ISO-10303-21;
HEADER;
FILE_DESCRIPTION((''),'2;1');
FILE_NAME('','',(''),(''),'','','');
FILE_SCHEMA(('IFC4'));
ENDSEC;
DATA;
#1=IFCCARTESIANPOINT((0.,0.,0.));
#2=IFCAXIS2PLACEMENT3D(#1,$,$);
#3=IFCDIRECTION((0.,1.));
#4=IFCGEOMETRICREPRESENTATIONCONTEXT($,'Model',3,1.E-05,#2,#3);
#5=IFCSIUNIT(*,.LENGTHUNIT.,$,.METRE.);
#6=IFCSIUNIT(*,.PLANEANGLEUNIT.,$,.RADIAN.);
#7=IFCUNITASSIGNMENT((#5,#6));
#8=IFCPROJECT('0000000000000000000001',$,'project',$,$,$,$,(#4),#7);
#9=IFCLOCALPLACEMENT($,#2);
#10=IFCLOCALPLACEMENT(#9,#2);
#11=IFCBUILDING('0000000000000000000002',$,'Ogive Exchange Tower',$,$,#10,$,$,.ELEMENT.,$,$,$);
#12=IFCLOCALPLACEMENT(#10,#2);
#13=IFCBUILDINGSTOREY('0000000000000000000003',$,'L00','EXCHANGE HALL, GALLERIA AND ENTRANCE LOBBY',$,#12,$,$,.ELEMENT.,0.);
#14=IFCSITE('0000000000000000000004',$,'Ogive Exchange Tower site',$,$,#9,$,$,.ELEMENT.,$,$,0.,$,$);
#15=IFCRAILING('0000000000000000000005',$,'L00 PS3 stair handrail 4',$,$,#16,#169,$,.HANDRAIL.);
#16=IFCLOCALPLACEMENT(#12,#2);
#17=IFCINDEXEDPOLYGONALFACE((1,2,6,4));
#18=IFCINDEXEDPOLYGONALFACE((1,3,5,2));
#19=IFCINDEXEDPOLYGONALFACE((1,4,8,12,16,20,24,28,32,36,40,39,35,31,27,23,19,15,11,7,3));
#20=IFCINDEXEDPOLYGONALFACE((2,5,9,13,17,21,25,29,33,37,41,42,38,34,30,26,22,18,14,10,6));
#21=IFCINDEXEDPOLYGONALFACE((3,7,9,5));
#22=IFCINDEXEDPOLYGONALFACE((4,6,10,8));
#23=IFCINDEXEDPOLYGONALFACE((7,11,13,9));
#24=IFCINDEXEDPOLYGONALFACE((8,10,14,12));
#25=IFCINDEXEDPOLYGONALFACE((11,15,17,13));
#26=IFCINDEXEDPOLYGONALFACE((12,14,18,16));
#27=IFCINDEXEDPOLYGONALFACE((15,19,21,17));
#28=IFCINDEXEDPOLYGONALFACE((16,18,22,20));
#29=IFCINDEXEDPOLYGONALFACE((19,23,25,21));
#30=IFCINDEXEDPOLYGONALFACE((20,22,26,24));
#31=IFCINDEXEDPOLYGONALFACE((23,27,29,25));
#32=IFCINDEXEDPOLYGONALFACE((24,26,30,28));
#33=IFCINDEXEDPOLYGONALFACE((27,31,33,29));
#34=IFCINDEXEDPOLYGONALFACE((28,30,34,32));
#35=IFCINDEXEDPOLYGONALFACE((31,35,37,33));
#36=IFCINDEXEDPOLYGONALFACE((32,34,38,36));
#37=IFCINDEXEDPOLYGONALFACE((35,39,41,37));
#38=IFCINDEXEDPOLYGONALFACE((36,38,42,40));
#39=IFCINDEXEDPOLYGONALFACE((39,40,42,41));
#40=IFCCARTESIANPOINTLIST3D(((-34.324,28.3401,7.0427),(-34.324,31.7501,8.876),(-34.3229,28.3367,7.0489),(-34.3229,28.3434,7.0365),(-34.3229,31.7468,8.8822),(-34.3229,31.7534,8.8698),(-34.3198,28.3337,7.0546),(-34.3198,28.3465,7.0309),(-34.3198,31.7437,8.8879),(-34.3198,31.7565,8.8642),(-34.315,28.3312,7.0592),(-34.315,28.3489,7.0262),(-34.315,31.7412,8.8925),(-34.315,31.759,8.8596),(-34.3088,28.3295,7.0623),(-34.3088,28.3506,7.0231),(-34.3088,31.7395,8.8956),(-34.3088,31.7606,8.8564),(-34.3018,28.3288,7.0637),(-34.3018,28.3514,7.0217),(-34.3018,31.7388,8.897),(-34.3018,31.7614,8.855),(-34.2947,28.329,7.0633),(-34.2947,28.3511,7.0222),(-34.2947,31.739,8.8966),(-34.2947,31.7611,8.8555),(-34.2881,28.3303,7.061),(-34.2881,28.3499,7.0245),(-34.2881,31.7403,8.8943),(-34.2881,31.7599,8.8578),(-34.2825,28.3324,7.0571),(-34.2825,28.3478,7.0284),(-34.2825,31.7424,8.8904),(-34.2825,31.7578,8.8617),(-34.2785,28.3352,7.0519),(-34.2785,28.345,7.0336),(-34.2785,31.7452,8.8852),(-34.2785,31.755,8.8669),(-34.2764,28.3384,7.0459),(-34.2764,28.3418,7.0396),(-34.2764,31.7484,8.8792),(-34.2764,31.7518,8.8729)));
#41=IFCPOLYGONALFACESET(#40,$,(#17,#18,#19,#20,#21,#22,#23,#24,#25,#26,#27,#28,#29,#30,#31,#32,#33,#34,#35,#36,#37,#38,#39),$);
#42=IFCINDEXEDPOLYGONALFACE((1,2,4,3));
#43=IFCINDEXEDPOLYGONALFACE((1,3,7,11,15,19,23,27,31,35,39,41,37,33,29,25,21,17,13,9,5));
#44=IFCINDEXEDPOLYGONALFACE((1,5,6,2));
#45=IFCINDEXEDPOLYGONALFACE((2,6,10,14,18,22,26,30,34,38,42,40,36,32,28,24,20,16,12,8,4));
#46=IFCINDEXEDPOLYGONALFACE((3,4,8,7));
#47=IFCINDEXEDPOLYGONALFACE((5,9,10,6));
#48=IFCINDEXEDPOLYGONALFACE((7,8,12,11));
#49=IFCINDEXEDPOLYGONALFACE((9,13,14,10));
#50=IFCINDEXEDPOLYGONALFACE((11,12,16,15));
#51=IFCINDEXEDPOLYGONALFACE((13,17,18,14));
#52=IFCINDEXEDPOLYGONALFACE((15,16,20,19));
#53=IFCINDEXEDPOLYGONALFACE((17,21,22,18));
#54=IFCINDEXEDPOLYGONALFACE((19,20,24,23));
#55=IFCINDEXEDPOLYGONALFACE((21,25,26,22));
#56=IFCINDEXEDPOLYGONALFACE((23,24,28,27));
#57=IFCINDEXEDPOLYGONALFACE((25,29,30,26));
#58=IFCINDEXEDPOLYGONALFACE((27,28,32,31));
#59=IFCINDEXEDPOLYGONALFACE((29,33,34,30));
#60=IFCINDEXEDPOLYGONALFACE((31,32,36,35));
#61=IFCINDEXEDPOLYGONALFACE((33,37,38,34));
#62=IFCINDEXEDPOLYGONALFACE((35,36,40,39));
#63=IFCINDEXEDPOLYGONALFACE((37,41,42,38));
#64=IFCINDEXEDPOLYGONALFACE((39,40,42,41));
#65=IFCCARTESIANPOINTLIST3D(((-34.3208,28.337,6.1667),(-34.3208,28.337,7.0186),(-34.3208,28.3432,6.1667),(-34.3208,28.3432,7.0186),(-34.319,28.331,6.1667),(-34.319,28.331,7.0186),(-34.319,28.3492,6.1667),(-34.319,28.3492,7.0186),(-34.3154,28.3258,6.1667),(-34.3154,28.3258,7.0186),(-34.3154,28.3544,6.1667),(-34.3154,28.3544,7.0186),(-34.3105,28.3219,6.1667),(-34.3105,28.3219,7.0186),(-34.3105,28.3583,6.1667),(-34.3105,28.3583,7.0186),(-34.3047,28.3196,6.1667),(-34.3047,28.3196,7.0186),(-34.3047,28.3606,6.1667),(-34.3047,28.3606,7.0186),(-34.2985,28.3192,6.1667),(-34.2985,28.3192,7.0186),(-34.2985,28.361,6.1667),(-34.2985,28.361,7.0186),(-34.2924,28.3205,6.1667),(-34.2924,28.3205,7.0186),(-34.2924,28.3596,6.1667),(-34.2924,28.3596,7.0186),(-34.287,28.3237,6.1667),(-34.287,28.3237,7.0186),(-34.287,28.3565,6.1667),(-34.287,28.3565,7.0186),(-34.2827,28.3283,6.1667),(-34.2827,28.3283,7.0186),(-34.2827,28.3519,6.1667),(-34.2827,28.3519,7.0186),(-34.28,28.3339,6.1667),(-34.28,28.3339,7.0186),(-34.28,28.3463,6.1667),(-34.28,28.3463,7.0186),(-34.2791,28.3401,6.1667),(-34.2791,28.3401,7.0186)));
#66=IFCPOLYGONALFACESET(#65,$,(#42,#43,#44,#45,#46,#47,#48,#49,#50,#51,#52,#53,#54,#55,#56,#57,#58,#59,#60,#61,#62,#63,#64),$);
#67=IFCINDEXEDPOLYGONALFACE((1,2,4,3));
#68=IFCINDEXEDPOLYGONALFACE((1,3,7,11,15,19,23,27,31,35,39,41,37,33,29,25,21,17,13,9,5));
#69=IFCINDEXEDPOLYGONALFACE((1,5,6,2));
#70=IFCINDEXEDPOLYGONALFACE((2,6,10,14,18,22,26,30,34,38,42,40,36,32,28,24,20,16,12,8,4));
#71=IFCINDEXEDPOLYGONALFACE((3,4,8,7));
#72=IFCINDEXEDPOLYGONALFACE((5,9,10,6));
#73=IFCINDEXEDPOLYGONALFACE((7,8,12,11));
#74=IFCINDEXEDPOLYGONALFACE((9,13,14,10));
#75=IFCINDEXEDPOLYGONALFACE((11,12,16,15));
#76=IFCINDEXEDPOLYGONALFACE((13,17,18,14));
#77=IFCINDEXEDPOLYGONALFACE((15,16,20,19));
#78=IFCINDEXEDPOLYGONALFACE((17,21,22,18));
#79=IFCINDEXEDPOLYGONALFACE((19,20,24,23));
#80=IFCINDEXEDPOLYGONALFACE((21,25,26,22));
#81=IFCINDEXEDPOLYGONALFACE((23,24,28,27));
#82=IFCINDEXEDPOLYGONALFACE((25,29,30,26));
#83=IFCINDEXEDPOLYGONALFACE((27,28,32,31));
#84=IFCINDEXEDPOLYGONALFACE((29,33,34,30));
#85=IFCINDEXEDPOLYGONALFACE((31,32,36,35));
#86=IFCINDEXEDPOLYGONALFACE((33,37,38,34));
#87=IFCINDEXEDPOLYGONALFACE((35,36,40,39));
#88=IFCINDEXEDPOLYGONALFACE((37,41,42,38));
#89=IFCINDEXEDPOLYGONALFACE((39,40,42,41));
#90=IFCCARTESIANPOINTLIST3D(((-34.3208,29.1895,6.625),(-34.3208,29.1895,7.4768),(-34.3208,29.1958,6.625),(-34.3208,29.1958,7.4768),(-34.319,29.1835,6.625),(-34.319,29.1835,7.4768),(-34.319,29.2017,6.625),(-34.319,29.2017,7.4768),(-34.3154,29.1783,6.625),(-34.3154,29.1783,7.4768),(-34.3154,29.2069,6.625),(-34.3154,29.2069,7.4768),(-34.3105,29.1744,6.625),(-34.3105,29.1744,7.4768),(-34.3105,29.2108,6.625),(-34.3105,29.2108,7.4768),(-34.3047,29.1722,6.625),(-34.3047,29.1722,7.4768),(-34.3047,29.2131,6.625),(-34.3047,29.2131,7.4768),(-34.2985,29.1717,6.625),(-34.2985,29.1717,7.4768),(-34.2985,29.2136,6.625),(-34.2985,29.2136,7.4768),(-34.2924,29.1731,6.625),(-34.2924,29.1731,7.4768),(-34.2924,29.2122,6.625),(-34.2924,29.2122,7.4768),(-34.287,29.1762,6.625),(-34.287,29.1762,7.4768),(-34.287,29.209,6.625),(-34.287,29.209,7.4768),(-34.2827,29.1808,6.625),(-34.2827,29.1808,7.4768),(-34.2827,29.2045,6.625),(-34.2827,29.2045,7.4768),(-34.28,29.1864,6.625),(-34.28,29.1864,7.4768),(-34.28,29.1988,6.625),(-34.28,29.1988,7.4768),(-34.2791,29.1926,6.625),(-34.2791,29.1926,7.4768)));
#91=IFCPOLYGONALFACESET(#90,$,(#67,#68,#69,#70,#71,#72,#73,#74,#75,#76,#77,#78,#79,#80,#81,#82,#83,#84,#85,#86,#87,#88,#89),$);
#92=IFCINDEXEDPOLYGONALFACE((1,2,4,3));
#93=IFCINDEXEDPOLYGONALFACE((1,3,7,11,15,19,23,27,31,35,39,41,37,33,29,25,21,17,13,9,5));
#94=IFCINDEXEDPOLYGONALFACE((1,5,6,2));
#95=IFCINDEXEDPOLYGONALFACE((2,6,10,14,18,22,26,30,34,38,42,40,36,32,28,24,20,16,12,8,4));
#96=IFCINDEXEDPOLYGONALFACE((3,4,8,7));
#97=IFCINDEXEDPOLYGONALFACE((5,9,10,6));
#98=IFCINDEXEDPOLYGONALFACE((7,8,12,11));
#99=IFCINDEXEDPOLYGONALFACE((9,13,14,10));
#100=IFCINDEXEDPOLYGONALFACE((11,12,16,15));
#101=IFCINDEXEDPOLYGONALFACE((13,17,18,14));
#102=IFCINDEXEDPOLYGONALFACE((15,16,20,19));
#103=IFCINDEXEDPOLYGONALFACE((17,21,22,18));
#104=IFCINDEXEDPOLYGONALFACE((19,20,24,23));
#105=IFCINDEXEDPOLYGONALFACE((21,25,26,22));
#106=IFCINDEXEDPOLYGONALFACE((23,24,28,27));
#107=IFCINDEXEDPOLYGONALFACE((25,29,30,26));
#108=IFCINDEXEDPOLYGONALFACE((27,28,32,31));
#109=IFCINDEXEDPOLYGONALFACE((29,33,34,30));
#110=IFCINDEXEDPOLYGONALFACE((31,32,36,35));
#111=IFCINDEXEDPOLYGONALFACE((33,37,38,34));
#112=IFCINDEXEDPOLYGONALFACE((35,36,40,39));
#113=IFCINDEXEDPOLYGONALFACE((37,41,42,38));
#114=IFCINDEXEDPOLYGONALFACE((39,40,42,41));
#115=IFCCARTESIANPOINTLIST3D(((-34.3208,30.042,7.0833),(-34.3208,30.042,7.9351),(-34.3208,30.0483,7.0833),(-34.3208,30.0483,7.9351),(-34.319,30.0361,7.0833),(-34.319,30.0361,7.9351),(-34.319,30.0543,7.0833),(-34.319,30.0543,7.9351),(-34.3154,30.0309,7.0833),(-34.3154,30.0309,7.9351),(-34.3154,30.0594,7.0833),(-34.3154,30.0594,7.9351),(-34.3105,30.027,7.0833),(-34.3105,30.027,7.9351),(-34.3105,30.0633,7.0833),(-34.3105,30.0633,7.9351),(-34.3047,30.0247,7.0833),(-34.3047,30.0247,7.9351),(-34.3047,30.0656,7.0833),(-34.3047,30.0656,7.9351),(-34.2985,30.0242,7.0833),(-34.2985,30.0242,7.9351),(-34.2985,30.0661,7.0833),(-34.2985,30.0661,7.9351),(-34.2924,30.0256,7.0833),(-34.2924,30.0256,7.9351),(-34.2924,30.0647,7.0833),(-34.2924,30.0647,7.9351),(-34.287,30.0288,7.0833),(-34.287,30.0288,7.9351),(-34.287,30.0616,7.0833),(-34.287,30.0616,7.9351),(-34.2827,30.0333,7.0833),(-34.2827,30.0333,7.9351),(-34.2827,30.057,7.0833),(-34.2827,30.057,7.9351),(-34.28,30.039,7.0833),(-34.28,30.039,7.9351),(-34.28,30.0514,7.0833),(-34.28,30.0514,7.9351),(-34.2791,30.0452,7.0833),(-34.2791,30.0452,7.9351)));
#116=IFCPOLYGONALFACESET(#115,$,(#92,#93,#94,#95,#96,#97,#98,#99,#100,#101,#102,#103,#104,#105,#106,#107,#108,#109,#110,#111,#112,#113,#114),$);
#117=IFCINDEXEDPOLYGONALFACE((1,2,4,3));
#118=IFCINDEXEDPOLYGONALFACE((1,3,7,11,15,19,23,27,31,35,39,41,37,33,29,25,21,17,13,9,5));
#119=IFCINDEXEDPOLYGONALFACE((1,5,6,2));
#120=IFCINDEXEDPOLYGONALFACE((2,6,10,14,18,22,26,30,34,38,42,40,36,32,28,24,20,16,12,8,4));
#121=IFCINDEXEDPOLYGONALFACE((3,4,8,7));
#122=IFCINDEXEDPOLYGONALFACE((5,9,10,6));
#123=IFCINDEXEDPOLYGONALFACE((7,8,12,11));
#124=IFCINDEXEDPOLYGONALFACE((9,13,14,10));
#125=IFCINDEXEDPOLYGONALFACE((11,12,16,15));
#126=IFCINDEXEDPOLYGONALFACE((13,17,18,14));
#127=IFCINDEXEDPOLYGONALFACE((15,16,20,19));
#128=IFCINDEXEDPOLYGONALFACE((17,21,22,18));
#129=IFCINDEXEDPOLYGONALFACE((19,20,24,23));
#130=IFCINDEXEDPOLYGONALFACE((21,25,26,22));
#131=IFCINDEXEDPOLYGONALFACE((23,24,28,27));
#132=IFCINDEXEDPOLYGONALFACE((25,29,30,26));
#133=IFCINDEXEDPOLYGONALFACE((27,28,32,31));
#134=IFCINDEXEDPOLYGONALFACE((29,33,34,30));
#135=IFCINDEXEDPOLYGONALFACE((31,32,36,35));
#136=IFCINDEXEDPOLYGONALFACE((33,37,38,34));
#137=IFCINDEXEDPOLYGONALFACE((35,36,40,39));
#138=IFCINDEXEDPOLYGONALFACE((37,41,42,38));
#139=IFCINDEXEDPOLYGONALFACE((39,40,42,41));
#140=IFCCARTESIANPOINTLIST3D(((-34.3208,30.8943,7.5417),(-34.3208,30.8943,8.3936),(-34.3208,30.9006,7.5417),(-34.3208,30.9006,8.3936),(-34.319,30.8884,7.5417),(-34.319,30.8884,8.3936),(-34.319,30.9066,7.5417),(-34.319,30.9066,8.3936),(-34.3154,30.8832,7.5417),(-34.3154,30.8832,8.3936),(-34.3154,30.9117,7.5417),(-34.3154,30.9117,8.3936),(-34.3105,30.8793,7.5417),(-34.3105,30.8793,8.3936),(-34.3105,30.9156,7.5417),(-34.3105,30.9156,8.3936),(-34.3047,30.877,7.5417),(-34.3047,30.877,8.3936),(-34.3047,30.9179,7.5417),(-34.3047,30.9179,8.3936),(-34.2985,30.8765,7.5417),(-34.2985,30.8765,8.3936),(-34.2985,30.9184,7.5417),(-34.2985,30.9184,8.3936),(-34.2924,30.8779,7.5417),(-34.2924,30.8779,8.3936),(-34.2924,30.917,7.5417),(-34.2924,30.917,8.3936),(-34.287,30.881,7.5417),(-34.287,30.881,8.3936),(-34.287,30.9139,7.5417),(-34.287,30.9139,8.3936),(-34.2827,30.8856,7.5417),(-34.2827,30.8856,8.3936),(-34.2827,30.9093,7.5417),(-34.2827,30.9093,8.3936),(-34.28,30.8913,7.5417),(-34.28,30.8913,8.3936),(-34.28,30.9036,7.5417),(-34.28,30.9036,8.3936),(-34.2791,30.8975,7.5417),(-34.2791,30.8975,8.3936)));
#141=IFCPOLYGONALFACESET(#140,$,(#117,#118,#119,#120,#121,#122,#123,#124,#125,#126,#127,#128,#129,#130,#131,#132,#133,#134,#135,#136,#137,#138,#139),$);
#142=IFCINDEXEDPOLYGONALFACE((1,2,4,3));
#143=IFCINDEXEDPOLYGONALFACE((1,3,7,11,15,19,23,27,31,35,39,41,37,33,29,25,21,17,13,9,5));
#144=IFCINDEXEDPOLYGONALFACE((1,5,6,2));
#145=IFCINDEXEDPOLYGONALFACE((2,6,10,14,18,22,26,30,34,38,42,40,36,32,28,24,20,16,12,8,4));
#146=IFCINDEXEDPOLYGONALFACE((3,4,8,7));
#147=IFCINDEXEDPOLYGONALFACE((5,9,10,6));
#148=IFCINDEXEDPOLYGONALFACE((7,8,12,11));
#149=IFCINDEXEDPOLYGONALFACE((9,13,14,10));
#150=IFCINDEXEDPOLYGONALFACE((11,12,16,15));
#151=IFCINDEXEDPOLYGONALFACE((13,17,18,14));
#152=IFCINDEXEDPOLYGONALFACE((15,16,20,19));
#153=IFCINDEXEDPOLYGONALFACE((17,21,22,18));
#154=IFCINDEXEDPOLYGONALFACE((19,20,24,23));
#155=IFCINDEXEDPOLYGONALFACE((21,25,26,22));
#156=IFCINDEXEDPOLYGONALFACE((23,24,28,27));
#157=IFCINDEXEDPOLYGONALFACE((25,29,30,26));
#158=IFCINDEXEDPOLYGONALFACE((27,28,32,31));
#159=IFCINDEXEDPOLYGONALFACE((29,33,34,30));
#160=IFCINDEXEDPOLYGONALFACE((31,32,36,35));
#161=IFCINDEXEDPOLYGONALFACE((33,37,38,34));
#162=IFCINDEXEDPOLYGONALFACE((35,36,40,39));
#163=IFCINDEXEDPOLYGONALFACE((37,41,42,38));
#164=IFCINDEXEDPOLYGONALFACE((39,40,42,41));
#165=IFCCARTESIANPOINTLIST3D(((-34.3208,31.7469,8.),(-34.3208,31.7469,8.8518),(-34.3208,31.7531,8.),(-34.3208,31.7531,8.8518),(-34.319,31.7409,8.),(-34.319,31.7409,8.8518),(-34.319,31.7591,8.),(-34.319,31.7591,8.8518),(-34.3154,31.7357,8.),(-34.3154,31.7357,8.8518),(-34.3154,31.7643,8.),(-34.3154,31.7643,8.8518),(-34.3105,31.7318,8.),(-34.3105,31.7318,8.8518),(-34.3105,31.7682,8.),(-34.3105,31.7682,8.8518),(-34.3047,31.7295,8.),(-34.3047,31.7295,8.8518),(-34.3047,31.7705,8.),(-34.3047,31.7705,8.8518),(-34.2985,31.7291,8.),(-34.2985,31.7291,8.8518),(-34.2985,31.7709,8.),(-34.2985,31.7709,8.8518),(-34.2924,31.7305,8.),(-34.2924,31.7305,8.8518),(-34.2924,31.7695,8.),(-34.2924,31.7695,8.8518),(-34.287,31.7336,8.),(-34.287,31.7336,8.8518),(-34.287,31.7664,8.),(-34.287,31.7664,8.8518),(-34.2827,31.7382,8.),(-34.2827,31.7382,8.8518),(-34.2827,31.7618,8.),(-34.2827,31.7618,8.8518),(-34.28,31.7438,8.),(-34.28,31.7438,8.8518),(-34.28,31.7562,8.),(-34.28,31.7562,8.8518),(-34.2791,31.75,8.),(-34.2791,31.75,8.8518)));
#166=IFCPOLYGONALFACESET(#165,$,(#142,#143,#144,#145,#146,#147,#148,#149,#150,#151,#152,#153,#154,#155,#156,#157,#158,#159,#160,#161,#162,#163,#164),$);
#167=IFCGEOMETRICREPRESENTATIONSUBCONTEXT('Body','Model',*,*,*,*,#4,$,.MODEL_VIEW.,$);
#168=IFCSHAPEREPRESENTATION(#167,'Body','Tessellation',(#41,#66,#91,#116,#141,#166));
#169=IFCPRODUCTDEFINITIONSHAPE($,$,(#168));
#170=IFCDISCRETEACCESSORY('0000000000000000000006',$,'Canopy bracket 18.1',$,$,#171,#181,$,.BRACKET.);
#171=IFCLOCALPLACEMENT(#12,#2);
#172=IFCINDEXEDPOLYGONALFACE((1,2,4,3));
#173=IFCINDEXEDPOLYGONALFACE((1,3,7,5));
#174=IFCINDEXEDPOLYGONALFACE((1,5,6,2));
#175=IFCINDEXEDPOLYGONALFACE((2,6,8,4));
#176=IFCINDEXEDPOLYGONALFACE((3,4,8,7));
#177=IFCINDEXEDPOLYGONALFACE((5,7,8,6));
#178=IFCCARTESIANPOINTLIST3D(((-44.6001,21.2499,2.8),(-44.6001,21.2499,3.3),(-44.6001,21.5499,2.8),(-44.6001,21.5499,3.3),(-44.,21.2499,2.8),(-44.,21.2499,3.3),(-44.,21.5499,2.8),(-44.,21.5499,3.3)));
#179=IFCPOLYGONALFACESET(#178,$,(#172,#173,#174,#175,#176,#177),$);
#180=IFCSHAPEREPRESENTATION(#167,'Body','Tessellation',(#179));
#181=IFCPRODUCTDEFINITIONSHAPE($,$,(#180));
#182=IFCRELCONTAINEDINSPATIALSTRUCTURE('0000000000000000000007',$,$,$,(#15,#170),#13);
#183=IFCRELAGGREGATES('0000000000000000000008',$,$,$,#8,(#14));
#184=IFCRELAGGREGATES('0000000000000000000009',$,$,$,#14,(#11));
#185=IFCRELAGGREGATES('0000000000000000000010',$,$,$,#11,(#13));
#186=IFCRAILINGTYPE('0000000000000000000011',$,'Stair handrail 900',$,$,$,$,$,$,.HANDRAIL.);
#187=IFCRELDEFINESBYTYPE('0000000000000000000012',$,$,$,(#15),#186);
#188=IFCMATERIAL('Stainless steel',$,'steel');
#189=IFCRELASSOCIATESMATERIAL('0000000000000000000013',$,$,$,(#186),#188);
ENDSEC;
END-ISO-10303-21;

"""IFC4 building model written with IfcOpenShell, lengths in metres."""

from ifc_helpers import new_model, si_unit, direction, frame, origin, origin_2d, place, context, subcontext, project, spatial, rectangle, circle, extrude, material, type_object, element, save


model = new_model("IFC4")

# Units and contexts
model_context = context("Model", 3, precision=1e-05, world=origin(), true_north=direction((0.0, 1.0)))
body_context = subcontext(model_context, "Body", "Model", "MODEL_VIEW")
ifc_project = project(units=[si_unit("LENGTHUNIT", "METRE"), si_unit("PLANEANGLEUNIT", "RADIAN")], contexts=[model_context])

# Site, building, storey
site_placement = place(None, origin())
site = spatial("IfcSite", under=ifc_project, at=site_placement, Name="Ogive Exchange Tower site", CompositionType="ELEMENT", RefElevation=0.0)
building_placement = place(site_placement, origin())
building = spatial("IfcBuilding", under=site, at=building_placement, Name="Ogive Exchange Tower", CompositionType="ELEMENT")
storey_placement = place(building_placement, origin())
storey = spatial("IfcBuildingStorey", under=building, at=storey_placement, Name="L00", Description="EXCHANGE HALL, GALLERIA AND ENTRANCE LOBBY", CompositionType="ELEMENT", Elevation=0.0)

# Railing
ifc_material_1 = material(Name="Stainless steel", Category="steel")
railing_type = type_object("IfcRailingType", Name="Stair handrail 900", PredefinedType="HANDRAIL", material=ifc_material_1)
for number, where, name in (
    (1, (-34.3, 28.3401, 6.1667), "L00 PS3 stair handrail 4"),
):
    element("IfcRailing", number, at=place(storey_placement, frame(where)), inside=storey, type_object=railing_type, Name=name, PredefinedType="HANDRAIL", context=body_context, shape_type="SweptSolid", body=[
        extrude(circle(Radius=0.0239, at=origin_2d()), frame((0.0, 0.0, 0.876), z_axis=(0.0, 0.880779, 0.473528), x_axis=(-1.0, 0.0, 0.0)), (0.0, 0.0, 1.0), 3.8716),
        extrude(circle(Radius=0.021, at=origin_2d()), origin(), (0.0, 0.0, 1.0), 0.8518),
        extrude(circle(Radius=0.021, at=origin_2d()), frame((0.0, 0.8525, 0.4583)), (0.0, 0.0, 1.0), 0.8518),
        extrude(circle(Radius=0.021, at=origin_2d()), frame((0.0, 1.7051, 0.9165)), (0.0, 0.0, 1.0), 0.8518),
        extrude(circle(Radius=0.021, at=origin_2d()), frame((0.0, 2.5574, 1.375)), (0.0, 0.0, 1.0), 0.8518),
        extrude(circle(Radius=0.021, at=origin_2d()), frame((0.0, 3.4099, 1.8333)), (0.0, 0.0, 1.0), 0.8518),
    ])

# Discrete accessory
discrete_accessory_placement = place(storey_placement, frame((-44.3, 21.3999, 2.8), z_axis=(0.0, 0.0, 1.0), x_axis=(0.0, -1.0, 0.0)))
element("IfcDiscreteAccessory", 2, at=discrete_accessory_placement, inside=storey, Name="Canopy bracket 18.1", PredefinedType="BRACKET", context=body_context, shape_type="SweptSolid", body=[
    extrude(rectangle(XDim=0.3, YDim=0.6001, at=origin_2d()), origin(), (0.0, 0.0, 1.0), 0.5),
])

save(model, "model.ifc")
